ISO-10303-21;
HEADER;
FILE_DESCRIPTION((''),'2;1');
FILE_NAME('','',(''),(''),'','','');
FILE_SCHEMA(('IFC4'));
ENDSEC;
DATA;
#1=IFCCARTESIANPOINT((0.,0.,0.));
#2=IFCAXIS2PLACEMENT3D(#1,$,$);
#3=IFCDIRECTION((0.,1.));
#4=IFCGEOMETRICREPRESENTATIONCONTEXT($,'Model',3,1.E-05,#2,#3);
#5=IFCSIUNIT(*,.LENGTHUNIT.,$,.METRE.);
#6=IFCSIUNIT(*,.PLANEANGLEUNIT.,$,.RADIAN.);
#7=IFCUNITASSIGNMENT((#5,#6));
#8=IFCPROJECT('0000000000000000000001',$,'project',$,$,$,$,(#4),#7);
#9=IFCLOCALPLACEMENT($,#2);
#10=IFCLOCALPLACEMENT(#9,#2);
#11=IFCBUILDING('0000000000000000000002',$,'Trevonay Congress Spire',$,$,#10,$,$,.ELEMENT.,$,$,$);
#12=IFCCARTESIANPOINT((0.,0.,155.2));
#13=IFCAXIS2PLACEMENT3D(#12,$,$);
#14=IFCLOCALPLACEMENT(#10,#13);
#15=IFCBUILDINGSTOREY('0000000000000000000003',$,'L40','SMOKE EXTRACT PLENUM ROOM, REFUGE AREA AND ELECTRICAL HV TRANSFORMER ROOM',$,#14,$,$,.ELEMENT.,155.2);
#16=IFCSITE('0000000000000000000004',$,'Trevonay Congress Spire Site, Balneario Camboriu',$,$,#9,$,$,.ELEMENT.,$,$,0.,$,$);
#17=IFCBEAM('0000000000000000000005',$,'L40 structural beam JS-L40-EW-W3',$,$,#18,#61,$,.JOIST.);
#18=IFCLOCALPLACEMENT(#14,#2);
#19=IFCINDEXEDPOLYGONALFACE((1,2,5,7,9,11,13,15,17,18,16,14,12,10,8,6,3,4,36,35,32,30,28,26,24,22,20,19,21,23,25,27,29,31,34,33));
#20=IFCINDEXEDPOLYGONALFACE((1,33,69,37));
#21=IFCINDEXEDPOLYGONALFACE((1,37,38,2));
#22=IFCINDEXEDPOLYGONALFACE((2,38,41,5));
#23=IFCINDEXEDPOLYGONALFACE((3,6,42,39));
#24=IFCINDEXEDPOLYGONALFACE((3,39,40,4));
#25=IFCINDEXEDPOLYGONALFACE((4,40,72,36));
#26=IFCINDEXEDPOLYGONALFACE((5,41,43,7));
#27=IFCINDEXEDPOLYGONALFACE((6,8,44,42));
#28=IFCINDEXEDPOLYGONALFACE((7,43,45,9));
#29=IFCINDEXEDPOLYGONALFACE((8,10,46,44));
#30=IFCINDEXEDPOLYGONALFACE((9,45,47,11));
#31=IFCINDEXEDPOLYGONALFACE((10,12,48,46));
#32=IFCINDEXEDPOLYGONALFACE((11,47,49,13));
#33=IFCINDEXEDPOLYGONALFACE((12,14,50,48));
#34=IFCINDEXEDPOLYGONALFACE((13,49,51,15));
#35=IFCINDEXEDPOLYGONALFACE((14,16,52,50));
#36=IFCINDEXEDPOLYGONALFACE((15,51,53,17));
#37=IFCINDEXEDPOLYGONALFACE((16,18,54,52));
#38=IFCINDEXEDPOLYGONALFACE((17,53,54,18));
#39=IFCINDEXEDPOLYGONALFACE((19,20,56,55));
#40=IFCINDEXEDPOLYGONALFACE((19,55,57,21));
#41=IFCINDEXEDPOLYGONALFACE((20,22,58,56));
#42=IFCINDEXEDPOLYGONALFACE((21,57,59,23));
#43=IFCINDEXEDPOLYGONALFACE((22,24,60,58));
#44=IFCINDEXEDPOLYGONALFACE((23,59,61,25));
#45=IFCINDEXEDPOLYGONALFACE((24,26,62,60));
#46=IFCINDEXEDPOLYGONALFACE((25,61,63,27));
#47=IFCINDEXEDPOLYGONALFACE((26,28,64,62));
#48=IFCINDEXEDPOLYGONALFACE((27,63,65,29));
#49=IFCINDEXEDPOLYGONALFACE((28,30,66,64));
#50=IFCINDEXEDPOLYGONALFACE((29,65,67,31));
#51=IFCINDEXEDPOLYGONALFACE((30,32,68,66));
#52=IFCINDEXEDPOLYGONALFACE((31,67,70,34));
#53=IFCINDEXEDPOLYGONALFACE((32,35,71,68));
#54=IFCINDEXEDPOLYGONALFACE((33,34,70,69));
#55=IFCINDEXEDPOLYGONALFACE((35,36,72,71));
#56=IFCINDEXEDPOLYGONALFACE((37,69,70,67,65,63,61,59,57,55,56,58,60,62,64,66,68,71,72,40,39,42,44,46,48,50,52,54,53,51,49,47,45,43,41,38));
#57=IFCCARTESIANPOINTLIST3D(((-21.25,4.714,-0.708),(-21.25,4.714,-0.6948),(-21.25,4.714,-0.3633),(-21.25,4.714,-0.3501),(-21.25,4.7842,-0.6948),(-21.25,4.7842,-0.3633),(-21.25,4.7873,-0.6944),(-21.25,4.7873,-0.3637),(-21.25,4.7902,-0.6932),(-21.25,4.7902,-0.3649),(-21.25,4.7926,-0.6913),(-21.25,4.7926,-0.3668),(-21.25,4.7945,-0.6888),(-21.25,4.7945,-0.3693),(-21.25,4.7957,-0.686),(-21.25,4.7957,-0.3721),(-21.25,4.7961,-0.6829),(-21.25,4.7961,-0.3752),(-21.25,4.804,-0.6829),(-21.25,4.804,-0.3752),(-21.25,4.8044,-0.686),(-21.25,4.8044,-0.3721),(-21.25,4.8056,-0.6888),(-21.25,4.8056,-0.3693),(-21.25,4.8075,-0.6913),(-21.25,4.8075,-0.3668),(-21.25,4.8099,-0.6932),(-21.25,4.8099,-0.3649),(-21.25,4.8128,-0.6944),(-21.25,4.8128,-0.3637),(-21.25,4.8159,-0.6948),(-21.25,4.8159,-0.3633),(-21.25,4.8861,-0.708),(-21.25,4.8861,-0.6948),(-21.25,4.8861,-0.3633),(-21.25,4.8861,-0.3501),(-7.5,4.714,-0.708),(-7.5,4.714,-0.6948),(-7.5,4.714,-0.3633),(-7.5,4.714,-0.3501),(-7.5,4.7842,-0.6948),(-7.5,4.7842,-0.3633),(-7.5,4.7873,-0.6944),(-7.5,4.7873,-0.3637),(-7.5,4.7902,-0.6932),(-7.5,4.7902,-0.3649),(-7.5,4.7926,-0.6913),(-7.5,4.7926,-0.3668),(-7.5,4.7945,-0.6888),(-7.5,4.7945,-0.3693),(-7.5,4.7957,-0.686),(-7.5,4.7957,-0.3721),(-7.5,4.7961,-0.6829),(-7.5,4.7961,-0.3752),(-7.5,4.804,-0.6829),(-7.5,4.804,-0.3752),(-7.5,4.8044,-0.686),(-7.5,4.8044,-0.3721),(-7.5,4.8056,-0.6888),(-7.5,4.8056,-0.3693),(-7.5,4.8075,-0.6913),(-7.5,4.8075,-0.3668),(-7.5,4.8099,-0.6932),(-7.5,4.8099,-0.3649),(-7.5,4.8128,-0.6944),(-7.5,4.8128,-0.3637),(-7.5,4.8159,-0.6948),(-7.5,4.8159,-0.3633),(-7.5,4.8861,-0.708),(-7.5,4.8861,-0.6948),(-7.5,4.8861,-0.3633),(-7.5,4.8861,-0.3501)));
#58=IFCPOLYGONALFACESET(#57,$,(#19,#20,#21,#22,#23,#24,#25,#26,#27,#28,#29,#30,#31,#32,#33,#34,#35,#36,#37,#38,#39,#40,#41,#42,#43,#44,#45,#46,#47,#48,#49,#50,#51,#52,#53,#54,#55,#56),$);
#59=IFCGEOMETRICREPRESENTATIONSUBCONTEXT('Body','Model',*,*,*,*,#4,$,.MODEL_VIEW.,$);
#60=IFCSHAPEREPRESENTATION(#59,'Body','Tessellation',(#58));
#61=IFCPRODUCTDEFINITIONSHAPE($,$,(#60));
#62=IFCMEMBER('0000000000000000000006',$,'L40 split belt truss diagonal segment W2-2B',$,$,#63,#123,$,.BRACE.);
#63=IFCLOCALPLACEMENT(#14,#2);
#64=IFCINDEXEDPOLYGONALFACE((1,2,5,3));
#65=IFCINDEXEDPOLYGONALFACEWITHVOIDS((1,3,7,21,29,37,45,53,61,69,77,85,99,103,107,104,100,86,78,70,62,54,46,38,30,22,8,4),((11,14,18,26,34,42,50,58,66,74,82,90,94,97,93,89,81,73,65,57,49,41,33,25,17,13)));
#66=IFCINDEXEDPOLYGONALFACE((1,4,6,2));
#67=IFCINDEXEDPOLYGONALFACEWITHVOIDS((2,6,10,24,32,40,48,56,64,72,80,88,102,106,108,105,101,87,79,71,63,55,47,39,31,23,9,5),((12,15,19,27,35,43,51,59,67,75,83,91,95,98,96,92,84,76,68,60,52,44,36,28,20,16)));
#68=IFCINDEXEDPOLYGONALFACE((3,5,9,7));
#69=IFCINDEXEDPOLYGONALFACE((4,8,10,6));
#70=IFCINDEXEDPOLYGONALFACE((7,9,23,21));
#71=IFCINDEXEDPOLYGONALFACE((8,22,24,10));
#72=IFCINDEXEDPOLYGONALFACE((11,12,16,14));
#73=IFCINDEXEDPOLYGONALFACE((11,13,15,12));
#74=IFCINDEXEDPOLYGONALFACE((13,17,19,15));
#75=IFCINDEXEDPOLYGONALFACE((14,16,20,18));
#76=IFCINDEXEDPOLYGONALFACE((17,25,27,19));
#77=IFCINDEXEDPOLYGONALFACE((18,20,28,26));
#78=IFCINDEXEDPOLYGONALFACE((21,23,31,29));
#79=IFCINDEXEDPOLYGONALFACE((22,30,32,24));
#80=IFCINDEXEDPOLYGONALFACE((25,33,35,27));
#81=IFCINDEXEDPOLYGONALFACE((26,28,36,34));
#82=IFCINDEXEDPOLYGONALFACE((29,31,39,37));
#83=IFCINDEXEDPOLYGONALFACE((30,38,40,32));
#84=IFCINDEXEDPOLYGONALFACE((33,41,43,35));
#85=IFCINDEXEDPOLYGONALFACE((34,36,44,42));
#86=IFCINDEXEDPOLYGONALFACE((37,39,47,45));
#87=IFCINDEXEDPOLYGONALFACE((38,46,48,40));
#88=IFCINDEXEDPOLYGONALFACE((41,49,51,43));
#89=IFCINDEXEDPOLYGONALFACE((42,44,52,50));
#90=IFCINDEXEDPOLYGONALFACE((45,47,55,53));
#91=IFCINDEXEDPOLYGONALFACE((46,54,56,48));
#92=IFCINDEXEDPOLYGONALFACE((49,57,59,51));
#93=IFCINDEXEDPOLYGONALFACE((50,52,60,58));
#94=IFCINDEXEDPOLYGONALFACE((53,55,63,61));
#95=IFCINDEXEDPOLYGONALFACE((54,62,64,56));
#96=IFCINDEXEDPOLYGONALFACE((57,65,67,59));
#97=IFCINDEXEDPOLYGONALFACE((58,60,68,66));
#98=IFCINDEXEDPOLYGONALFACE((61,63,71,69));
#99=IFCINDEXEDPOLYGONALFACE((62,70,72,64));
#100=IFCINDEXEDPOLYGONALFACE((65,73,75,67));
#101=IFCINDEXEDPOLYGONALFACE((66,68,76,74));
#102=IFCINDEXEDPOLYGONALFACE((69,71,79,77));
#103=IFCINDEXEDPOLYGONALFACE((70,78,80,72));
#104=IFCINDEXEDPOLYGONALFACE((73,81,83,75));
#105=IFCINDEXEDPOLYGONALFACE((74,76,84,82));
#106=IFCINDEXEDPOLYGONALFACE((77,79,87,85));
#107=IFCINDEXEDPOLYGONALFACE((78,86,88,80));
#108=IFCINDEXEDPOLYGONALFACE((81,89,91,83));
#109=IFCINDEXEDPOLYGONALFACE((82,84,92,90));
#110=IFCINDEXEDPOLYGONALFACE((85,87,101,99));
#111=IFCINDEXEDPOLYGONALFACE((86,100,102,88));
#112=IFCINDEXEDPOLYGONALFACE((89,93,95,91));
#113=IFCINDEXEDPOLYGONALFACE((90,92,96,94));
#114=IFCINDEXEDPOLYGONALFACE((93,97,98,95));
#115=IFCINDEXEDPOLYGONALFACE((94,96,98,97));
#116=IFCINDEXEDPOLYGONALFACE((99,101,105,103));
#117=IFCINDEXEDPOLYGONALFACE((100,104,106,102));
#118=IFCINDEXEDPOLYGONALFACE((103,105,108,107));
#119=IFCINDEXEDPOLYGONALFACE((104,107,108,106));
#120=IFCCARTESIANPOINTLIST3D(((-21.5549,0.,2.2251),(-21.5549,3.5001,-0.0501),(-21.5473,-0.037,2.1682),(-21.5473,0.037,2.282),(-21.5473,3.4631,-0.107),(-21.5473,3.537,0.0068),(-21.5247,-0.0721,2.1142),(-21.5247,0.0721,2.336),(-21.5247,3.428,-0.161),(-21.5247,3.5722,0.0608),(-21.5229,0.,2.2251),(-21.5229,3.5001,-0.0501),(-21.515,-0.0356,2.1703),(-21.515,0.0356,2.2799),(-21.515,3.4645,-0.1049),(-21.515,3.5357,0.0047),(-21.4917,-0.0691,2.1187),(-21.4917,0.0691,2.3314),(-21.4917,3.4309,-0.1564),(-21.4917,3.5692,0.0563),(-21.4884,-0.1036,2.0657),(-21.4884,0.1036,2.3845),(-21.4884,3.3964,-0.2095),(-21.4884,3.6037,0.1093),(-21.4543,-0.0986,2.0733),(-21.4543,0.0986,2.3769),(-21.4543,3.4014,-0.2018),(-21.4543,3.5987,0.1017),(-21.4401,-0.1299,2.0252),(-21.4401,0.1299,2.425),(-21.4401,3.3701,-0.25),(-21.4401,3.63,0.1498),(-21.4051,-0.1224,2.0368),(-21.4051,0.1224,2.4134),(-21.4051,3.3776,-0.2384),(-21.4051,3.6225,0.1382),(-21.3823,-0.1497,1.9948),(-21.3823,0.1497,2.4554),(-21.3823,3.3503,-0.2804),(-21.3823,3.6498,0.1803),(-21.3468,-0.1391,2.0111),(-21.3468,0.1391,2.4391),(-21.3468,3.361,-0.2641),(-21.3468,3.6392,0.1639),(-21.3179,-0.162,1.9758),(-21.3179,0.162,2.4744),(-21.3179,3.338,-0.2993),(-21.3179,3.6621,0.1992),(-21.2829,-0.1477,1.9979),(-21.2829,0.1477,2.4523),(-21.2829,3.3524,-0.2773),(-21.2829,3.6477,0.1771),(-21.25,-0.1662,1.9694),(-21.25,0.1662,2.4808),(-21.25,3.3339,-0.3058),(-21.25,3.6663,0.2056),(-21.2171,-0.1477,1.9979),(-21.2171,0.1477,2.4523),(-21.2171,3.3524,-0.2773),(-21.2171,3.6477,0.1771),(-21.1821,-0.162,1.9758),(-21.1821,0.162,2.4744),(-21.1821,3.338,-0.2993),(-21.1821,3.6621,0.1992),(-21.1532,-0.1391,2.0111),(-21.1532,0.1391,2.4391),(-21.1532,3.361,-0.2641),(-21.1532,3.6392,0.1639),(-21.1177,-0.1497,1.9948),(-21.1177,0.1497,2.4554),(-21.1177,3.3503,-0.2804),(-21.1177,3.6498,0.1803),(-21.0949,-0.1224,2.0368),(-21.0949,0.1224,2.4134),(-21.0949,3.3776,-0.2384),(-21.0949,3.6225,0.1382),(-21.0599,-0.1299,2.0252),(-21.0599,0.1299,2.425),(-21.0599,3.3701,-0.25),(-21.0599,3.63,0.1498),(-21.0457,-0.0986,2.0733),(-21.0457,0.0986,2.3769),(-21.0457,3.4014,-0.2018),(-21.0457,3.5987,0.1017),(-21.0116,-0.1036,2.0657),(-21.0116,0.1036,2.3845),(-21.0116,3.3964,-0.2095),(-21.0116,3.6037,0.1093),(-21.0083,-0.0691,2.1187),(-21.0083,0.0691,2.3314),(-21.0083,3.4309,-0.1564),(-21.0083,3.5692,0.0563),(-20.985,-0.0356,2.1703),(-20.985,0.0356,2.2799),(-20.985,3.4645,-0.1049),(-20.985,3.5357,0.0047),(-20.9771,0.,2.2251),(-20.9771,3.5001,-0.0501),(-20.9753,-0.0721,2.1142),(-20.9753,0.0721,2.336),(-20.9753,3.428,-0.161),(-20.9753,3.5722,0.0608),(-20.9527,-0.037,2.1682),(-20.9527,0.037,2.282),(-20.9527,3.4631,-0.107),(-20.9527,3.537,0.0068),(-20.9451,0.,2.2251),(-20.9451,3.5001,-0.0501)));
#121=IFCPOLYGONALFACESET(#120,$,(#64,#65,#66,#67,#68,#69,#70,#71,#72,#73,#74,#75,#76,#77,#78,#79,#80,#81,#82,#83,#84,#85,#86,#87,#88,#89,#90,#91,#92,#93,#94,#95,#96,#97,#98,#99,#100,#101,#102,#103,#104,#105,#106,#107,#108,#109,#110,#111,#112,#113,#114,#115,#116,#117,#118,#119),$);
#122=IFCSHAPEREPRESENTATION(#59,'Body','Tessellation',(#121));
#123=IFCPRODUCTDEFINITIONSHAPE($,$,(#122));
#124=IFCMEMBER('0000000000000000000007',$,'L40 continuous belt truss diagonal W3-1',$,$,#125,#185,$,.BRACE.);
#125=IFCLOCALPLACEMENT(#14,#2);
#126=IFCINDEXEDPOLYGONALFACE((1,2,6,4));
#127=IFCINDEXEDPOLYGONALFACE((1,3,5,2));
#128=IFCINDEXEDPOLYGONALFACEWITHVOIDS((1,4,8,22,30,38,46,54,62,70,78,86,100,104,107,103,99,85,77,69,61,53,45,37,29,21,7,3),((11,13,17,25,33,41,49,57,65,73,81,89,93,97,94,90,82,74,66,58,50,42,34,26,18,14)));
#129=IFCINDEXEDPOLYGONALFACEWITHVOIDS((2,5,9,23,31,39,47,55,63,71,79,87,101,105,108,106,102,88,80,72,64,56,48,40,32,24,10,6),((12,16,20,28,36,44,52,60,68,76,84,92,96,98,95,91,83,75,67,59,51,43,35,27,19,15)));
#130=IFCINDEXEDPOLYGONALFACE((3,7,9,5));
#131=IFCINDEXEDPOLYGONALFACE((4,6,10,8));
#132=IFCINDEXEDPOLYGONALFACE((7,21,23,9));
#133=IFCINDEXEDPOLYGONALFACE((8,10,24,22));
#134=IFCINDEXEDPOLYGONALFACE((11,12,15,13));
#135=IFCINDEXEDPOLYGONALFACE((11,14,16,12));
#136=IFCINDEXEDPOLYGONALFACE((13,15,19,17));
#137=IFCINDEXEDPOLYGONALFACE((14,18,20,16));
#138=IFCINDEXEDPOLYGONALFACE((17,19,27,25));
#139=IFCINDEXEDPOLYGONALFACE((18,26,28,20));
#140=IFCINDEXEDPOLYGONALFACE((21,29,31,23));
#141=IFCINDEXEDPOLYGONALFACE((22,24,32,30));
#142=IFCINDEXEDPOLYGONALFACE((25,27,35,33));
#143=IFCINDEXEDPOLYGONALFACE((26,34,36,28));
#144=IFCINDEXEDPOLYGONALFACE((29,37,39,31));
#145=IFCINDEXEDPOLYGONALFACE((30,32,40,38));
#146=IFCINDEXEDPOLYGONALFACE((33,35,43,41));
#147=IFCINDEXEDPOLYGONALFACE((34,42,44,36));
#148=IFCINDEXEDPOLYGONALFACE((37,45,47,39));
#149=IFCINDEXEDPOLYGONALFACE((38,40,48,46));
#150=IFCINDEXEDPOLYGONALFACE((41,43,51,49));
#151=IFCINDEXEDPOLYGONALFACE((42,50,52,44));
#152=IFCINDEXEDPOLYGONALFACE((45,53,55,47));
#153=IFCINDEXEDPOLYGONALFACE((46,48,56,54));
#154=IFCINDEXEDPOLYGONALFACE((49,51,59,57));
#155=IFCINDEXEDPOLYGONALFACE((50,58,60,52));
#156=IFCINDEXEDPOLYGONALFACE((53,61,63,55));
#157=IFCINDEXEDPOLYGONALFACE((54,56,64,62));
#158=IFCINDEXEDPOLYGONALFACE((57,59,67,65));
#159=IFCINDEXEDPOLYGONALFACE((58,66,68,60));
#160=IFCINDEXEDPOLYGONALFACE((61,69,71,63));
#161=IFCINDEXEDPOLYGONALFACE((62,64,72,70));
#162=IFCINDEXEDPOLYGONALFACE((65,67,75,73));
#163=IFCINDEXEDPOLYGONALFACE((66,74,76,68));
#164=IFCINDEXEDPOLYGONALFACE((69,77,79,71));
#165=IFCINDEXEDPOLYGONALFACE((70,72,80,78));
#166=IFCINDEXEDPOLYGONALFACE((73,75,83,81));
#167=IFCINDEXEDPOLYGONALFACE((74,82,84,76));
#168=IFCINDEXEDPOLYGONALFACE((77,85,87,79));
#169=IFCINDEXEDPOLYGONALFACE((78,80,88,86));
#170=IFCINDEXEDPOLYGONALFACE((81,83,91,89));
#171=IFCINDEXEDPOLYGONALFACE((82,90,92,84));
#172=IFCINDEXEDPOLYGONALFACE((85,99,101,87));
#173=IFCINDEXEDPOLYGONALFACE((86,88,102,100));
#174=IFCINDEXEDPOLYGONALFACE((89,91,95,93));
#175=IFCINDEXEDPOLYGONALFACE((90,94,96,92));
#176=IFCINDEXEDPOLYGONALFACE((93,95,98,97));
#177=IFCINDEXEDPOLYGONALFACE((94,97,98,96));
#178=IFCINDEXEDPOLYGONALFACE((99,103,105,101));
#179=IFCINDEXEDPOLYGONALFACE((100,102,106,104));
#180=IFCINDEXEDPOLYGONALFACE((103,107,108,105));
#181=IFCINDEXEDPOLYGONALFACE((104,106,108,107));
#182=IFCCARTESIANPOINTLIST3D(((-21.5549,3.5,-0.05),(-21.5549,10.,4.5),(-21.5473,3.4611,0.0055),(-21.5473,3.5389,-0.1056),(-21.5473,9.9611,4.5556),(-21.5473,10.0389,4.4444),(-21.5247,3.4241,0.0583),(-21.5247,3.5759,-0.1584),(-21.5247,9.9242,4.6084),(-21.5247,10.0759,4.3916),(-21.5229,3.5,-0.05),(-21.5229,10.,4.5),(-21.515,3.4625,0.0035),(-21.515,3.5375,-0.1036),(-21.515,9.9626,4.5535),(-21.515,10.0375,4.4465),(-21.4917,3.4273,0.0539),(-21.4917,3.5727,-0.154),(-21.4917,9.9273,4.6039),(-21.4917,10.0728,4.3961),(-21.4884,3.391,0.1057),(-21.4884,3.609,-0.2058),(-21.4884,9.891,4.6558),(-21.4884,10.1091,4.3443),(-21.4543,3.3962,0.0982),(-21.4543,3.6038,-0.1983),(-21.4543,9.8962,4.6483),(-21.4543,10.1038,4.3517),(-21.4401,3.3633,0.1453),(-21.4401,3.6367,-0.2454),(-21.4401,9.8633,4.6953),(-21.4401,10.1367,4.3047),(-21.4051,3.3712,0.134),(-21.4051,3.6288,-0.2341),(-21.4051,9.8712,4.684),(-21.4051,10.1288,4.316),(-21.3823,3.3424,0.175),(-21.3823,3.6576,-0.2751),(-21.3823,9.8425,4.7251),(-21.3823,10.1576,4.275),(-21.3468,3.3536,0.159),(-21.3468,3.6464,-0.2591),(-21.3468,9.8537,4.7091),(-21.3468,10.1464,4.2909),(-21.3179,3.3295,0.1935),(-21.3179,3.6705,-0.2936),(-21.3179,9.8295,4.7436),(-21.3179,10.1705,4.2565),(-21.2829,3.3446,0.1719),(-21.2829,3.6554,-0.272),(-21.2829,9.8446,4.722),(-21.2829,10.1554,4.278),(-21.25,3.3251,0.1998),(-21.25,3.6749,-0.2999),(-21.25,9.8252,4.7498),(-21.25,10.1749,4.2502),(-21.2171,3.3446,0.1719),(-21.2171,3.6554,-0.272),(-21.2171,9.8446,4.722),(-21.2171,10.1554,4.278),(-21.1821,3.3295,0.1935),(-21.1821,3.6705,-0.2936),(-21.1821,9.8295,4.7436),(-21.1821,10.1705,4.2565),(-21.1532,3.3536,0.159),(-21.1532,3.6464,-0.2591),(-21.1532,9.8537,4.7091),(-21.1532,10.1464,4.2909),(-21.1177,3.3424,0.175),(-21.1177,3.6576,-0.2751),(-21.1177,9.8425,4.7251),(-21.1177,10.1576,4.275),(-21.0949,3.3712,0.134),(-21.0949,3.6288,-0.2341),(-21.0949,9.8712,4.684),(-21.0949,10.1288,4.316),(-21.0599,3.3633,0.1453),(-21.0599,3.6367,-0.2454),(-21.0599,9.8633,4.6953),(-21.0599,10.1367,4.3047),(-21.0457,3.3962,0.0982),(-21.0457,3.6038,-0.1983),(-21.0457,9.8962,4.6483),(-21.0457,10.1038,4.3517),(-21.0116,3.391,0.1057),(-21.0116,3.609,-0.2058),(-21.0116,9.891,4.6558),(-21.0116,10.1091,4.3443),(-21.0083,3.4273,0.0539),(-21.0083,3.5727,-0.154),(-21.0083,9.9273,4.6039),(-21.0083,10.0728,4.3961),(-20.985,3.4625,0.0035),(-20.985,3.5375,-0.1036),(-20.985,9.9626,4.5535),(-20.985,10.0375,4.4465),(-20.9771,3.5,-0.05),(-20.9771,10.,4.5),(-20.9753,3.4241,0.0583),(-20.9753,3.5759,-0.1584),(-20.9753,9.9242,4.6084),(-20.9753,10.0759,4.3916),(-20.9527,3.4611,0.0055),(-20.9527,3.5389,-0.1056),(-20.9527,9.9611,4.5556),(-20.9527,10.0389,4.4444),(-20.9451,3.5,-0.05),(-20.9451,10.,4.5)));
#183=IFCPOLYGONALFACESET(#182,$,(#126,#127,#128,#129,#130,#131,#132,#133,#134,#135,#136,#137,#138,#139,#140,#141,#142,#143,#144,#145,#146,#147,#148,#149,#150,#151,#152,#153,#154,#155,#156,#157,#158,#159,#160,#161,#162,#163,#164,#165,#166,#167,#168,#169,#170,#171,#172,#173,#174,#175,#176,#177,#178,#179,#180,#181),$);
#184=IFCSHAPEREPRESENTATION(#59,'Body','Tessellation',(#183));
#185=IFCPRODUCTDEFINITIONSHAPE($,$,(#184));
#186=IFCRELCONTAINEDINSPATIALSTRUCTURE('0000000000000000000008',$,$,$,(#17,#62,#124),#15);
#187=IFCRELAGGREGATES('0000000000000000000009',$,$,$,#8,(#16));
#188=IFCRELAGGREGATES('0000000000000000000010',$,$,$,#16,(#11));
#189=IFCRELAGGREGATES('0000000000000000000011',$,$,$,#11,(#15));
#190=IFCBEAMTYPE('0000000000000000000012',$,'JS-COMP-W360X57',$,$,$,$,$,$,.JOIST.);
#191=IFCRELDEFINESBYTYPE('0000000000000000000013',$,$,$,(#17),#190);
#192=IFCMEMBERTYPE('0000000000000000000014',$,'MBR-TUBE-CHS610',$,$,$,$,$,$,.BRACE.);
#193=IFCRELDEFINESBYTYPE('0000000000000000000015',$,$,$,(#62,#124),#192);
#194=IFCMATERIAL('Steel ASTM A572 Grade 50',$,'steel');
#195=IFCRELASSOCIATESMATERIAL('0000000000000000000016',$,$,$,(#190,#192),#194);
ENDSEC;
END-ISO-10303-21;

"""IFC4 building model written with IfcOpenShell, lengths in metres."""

from ifc_helpers import new_model, si_unit, direction, frame, origin, origin_2d, place, context, subcontext, project, spatial, hollow_circle, i_section, extrude, material, material_profile, profile_set, type_object, element, save


model = new_model("IFC4")

# Units and contexts
model_context = context("Model", 3, precision=1e-05, world=origin(), true_north=direction((0.0, 1.0)))
body_context = subcontext(model_context, "Body", "Model", "MODEL_VIEW")
ifc_project = project(units=[si_unit("LENGTHUNIT", "METRE"), si_unit("PLANEANGLEUNIT", "RADIAN")], contexts=[model_context])

# Site, building, storey
site_placement = place(None, origin())
site = spatial("IfcSite", under=ifc_project, at=site_placement, Name="Trevonay Congress Spire Site, Balneario Camboriu", CompositionType="ELEMENT", RefElevation=0.0)
building_placement = place(site_placement, origin())
building = spatial("IfcBuilding", under=site, at=building_placement, Name="Trevonay Congress Spire", CompositionType="ELEMENT")
storey_placement = place(building_placement, frame((0.0, 0.0, 155.2)))
storey = spatial("IfcBuildingStorey", under=building, at=storey_placement, Name="L40", Description="SMOKE EXTRACT PLENUM ROOM, REFUGE AREA AND ELECTRICAL HV TRANSFORMER ROOM", CompositionType="ELEMENT", Elevation=155.2)

# Shared definitions
ifc_material_1 = material(Name="Steel ASTM A572 Grade 50", Category="steel")

# Beam
ifc_material_profile_1 = material_profile(ifc_material_1, i_section(OverallWidth=0.1721, OverallDepth=0.3579, WebThickness=0.0078, FlangeThickness=0.0132, FilletRadius=0.012, at=origin_2d()), Name="W360x57.8")
ifc_profile_set_1 = profile_set([ifc_material_profile_1], Name="Steel ASTM A572 Grade 50")
beam_type_1 = type_object("IfcBeamType", Name="JS-COMP-W360X57", PredefinedType="JOIST", material=ifc_profile_set_1)
for number, where, z_axis, x_axis, name in (
    (1, (-21.25, 4.8, -0.5291), (1.0, 0.0, 0.0), (0.0, 1.0, 0.0), "L40 structural beam JS-L40-EW-W3"),
):
    element("IfcBeam", number, at=place(storey_placement, frame(where, z_axis=z_axis, x_axis=x_axis)), inside=storey, type_object=beam_type_1, Name=name, PredefinedType="JOIST", context=body_context, shape_type="SweptSolid", body=[
        extrude(i_section(OverallWidth=0.1721, OverallDepth=0.3579, WebThickness=0.0078, FlangeThickness=0.0132, FilletRadius=0.012, at=origin_2d()), origin(), (0.0, 0.0, 1.0), 13.75),
    ])

# Members
ifc_material_profile_2 = material_profile(ifc_material_1, hollow_circle(Radius=0.3049, WallThickness=0.032, at=origin_2d()), Name="CHS 610x32")
ifc_profile_set_2 = profile_set([ifc_material_profile_2], Name="Steel ASTM A572 Grade 50")
member_type = type_object("IfcMemberType", Name="MBR-TUBE-CHS610", PredefinedType="BRACE", material=ifc_profile_set_2)
member_1_placement = place(storey_placement, frame((-21.25, 0.0, 2.2251), z_axis=(0.0, 0.838428, -0.545013), x_axis=(-1.0, 0.0, 0.0)))
element("IfcMember", 2, at=member_1_placement, inside=storey, type_object=member_type, Name="L40 split belt truss diagonal segment W2-2B", PredefinedType="BRACE", context=body_context, shape_type="SweptSolid", body=[
    extrude(hollow_circle(Radius=0.3049, WallThickness=0.032, at=origin_2d()), origin(), (0.0, 0.0, 1.0), 4.1746),
])
member_2_placement = place(storey_placement, frame((-21.25, 3.5, -0.05), z_axis=(0.0, 0.819229, 0.573466), x_axis=(-1.0, 0.0, 0.0)))
element("IfcMember", 3, at=member_2_placement, inside=storey, type_object=member_type, Name="L40 continuous belt truss diagonal W3-1", PredefinedType="BRACE", context=body_context, shape_type="SweptSolid", body=[
    extrude(hollow_circle(Radius=0.3049, WallThickness=0.032, at=origin_2d()), origin(), (0.0, 0.0, 1.0), 7.9343),
])

save(model, "model.ifc")
